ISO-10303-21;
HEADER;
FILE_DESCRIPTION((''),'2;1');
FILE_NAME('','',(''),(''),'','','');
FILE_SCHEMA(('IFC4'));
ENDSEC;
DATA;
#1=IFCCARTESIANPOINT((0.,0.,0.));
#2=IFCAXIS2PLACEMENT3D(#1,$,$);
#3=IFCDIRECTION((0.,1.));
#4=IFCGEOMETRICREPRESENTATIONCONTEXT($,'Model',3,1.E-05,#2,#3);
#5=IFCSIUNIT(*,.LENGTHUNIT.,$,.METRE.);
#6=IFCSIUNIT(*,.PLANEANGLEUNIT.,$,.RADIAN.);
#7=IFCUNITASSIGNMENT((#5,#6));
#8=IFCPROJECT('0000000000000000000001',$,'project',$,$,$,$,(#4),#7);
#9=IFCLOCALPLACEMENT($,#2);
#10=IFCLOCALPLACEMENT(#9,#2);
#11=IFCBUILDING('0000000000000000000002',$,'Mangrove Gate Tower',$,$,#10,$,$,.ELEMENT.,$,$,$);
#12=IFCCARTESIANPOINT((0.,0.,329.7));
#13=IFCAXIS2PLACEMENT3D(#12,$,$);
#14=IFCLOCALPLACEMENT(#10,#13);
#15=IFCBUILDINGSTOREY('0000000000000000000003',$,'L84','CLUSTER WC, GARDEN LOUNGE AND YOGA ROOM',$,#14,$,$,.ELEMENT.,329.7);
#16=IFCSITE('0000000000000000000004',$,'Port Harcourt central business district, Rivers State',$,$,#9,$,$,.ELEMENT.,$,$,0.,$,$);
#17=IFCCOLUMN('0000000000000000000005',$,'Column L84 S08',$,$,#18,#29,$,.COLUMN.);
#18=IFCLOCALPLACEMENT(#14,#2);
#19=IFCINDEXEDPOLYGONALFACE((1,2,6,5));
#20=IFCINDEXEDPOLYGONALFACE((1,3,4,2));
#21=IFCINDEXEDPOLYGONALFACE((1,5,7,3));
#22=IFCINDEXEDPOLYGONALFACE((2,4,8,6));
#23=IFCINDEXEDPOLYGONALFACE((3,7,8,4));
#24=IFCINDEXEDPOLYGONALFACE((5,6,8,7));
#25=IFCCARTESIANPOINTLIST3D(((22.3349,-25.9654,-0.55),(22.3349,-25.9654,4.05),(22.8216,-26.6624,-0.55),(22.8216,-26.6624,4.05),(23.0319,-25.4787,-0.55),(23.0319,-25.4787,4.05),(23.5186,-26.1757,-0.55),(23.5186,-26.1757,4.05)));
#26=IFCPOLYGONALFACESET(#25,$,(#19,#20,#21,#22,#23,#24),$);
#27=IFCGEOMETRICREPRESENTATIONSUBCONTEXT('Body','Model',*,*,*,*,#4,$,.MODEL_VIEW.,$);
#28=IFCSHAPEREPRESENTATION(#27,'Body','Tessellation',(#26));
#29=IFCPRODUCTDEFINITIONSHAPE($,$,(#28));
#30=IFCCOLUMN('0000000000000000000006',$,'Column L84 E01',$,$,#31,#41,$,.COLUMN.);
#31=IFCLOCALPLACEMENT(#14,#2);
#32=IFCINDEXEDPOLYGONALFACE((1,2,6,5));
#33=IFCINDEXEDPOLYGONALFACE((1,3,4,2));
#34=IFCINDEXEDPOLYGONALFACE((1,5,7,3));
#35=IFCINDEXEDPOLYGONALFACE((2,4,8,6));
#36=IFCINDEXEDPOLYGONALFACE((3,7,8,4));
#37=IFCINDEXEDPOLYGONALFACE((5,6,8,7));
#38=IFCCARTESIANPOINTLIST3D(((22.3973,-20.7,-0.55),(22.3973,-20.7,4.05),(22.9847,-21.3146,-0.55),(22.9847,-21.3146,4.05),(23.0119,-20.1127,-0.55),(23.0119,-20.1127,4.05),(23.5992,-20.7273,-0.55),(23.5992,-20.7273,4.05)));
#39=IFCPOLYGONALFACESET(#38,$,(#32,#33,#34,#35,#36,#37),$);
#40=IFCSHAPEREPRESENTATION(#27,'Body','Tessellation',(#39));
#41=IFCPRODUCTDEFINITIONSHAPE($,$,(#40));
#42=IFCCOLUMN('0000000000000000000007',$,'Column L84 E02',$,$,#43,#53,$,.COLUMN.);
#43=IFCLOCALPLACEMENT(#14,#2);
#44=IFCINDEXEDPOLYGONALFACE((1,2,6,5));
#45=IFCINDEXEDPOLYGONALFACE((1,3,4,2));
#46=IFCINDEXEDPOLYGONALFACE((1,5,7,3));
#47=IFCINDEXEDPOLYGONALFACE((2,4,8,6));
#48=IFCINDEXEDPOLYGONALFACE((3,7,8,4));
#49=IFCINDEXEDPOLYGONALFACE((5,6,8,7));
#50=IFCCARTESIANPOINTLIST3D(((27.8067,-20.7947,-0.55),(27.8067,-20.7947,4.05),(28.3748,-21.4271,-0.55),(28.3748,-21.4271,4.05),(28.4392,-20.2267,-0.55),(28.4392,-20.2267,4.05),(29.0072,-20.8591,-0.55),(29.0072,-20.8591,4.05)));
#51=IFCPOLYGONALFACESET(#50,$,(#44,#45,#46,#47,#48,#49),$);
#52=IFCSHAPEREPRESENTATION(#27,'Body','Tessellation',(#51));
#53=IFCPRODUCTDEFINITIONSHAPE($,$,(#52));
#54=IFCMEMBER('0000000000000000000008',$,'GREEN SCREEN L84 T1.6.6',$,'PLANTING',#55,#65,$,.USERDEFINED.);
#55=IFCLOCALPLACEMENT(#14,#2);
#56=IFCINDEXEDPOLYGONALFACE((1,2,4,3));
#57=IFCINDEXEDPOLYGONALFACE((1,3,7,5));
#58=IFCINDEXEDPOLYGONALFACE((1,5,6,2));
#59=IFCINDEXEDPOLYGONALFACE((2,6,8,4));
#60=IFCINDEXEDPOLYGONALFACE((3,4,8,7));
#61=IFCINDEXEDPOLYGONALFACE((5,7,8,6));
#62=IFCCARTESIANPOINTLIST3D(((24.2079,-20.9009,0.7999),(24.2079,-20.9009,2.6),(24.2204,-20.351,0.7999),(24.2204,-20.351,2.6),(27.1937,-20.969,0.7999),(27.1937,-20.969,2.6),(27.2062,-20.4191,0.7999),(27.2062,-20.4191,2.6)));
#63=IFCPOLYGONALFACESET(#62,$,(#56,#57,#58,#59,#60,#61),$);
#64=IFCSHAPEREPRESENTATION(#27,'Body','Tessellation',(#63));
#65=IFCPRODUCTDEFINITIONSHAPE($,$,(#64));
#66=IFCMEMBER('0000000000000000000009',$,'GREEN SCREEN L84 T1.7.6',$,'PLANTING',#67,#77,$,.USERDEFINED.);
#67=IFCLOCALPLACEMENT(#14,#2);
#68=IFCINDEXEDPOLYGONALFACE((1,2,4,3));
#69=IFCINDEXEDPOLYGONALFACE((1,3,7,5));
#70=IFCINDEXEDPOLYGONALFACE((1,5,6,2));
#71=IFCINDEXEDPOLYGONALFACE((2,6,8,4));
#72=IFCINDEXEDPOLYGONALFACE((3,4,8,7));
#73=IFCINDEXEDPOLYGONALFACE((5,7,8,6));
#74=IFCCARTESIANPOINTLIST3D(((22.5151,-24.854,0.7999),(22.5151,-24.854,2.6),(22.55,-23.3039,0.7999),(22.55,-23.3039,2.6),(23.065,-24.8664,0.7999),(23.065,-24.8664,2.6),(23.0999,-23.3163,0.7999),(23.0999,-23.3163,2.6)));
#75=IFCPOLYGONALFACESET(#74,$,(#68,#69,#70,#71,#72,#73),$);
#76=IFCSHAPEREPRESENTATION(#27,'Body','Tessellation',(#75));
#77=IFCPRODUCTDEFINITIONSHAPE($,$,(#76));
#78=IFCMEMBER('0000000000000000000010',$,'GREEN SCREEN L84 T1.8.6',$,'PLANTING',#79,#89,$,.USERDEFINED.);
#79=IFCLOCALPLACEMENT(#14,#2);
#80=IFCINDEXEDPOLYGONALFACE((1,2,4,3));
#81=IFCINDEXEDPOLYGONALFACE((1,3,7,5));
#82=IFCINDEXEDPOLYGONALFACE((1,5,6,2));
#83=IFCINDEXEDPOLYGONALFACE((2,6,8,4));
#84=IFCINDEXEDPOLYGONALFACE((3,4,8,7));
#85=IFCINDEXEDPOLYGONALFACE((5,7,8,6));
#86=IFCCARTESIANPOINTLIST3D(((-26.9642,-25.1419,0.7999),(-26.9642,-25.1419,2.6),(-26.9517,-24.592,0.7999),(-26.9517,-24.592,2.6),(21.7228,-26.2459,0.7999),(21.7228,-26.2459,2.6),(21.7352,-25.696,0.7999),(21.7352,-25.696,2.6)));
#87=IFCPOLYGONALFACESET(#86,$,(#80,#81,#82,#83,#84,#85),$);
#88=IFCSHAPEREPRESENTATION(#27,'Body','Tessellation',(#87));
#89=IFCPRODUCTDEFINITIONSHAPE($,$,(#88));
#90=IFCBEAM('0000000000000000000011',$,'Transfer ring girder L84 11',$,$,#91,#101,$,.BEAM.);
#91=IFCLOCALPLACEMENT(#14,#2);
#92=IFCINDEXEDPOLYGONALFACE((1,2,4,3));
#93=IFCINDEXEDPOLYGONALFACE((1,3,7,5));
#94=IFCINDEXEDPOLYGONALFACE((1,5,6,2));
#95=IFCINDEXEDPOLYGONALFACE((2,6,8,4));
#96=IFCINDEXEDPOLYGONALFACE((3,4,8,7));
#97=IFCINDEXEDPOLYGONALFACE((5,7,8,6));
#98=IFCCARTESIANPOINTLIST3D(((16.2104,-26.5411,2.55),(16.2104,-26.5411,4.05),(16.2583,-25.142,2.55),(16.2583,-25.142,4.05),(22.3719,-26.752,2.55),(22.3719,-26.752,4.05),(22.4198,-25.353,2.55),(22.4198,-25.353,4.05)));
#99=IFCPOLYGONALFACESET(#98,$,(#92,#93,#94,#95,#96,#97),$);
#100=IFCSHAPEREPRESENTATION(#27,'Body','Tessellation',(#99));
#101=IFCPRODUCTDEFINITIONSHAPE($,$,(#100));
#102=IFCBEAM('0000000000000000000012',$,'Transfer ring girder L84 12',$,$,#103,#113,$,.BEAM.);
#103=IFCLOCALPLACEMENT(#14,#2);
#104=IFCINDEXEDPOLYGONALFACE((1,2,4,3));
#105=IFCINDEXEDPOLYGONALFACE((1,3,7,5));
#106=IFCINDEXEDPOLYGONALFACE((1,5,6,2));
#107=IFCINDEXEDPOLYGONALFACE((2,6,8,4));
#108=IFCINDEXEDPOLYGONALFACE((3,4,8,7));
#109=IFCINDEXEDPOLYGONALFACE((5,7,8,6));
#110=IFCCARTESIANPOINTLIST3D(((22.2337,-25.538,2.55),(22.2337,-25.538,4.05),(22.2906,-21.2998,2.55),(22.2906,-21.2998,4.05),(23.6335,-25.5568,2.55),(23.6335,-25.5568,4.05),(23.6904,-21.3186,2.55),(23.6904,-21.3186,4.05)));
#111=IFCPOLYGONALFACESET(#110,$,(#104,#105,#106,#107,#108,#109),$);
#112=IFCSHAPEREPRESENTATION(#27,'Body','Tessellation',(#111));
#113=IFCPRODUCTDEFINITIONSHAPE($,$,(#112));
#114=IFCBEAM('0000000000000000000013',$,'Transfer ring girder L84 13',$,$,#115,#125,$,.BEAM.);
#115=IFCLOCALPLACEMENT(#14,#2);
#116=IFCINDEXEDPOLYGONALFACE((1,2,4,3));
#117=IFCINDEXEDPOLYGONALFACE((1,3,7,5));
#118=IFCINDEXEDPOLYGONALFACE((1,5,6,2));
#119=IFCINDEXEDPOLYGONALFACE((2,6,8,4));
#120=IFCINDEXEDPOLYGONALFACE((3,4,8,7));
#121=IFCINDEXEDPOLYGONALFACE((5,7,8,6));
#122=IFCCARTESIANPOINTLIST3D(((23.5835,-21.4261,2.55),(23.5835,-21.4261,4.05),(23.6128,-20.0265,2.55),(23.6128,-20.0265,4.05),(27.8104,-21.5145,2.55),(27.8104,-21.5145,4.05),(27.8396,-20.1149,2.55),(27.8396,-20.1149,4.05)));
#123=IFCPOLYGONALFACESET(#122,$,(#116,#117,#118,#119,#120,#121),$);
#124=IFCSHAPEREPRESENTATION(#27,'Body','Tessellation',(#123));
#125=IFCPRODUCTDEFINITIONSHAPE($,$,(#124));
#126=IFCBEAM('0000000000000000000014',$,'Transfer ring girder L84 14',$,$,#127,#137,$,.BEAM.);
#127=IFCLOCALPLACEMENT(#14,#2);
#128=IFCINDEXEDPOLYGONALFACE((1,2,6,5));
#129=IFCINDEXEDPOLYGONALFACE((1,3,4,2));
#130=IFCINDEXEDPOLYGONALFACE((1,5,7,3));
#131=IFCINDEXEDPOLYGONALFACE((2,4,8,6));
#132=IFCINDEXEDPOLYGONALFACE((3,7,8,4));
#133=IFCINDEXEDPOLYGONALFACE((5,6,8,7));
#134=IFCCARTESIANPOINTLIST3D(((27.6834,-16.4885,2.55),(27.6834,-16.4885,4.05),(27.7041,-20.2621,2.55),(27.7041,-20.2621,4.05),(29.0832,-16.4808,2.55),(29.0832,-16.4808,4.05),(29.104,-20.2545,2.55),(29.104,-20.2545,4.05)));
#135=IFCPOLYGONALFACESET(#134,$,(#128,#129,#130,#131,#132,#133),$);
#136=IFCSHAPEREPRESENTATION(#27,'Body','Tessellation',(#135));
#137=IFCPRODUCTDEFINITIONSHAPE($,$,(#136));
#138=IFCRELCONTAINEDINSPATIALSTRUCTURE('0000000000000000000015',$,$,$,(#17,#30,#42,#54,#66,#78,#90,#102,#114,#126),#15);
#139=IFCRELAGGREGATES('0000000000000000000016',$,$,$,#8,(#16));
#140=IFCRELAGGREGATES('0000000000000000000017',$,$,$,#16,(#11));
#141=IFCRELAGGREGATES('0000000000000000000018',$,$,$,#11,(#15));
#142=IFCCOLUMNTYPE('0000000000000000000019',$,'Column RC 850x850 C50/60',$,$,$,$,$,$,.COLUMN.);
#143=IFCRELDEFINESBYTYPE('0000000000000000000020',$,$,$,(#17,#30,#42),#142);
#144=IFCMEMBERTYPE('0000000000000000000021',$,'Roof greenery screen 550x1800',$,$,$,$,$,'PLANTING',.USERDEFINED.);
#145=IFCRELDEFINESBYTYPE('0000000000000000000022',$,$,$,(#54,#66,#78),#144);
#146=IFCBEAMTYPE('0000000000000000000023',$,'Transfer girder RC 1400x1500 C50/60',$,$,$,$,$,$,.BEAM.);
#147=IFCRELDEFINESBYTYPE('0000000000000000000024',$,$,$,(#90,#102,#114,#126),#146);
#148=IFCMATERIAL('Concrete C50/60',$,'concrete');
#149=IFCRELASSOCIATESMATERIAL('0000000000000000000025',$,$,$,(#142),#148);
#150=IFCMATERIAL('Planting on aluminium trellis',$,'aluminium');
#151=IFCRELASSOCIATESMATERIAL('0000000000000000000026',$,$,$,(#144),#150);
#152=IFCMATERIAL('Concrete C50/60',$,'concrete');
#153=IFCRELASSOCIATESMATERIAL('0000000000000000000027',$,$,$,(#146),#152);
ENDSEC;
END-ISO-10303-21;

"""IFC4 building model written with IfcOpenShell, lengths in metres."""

from ifc_helpers import new_model, si_unit, direction, frame, origin, origin_2d, place, context, subcontext, project, spatial, rectangle, extrude, material, material_profile, profile_set, type_object, element, save


model = new_model("IFC4")

# Units and contexts
model_context = context("Model", 3, precision=1e-05, world=origin(), true_north=direction((0.0, 1.0)))
body_context = subcontext(model_context, "Body", "Model", "MODEL_VIEW")
ifc_project = project(units=[si_unit("LENGTHUNIT", "METRE"), si_unit("PLANEANGLEUNIT", "RADIAN")], contexts=[model_context])

# Site, building, storey
site_placement = place(None, origin())
site = spatial("IfcSite", under=ifc_project, at=site_placement, Name="Port Harcourt central business district, Rivers State", CompositionType="ELEMENT", RefElevation=0.0)
building_placement = place(site_placement, origin())
building = spatial("IfcBuilding", under=site, at=building_placement, Name="Mangrove Gate Tower", CompositionType="ELEMENT")
storey_placement = place(building_placement, frame((0.0, 0.0, 329.7)))
storey = spatial("IfcBuildingStorey", under=building, at=storey_placement, Name="L84", Description="CLUSTER WC, GARDEN LOUNGE AND YOGA ROOM", CompositionType="ELEMENT", Elevation=329.7)

# Columns
ifc_material_1 = material(Name="Concrete C50/60", Category="concrete")
ifc_material_profile_1 = material_profile(ifc_material_1, rectangle(XDim=0.8501, YDim=0.8501, at=origin_2d()))
ifc_profile_set_1 = profile_set([ifc_material_profile_1], Name="Concrete C50/60")
column_type = type_object("IfcColumnType", Name="Column RC 850x850 C50/60", PredefinedType="COLUMN", material=ifc_profile_set_1)
for number, where, z_axis, x_axis, name in (
    (1, (22.9268, -26.0706, -0.55), (0.0, 0.0, 1.0), (0.81992, 0.572478, 0.0), "Column L84 S08"),
    (2, (22.9983, -20.7136, -0.55), (0.0, 0.0, 1.0), (0.722966, 0.690884, 0.0), "Column L84 E01"),
    (3, (28.407, -20.8269, -0.55), (0.0, 0.0, 1.0), (0.744005, 0.668174, 0.0), "Column L84 E02"),
):
    element("IfcColumn", number, at=place(storey_placement, frame(where, z_axis=z_axis, x_axis=x_axis)), inside=storey, type_object=column_type, Name=name, PredefinedType="COLUMN", context=body_context, shape_type="SweptSolid", body=[
        extrude(rectangle(XDim=0.8501, YDim=0.8501, at=origin_2d()), origin(), (0.0, 0.0, 1.0), 4.6001),
    ])

# Members
ifc_material_2 = material(Name="Planting on aluminium trellis", Category="aluminium")
ifc_material_profile_2 = material_profile(ifc_material_2, rectangle(XDim=0.55, YDim=1.8, at=origin_2d()))
ifc_profile_set_2 = profile_set([ifc_material_profile_2], Name="Planting on aluminium trellis")
member_type = type_object("IfcMemberType", Name="Roof greenery screen 550x1800", ElementType="PLANTING", PredefinedType="USERDEFINED", material=ifc_profile_set_2)
member_1_placement = place(storey_placement, frame((27.2, -20.6941, 1.7), z_axis=(-0.99974, 0.022807, 0.0), x_axis=(-0.022807, -0.99974, 0.0)))
element("IfcMember", 4, at=member_1_placement, inside=storey, type_object=member_type, Name="GREEN SCREEN L84 T1.6.6", ObjectType="PLANTING", PredefinedType="USERDEFINED", context=body_context, shape_type="SweptSolid", body=[
    extrude(rectangle(XDim=0.55, YDim=1.8, at=origin_2d()), origin(), (0.0, 0.0, 1.0), 2.9866),
])
member_2_placement = place(storey_placement, frame((22.825, -23.3101, 1.7), z_axis=(-0.022518, -0.999746, 0.0), x_axis=(0.999746, -0.022518, 0.0)))
element("IfcMember", 5, at=member_2_placement, inside=storey, type_object=member_type, Name="GREEN SCREEN L84 T1.7.6", ObjectType="PLANTING", PredefinedType="USERDEFINED", context=body_context, shape_type="SweptSolid", body=[
    extrude(rectangle(XDim=0.55, YDim=1.8, at=origin_2d()), origin(), (0.0, 0.0, 1.0), 1.5505),
])
member_3_placement = place(storey_placement, frame((21.729, -25.9709, 1.7), z_axis=(-0.999743, 0.02267, 0.0), x_axis=(-0.02267, -0.999743, 0.0)))
element("IfcMember", 6, at=member_3_placement, inside=storey, type_object=member_type, Name="GREEN SCREEN L84 T1.8.6", ObjectType="PLANTING", PredefinedType="USERDEFINED", context=body_context, shape_type="SweptSolid", body=[
    extrude(rectangle(XDim=0.55, YDim=1.8, at=origin_2d()), origin(), (0.0, 0.0, 1.0), 48.6995),
])

# Beams
ifc_material_3 = material(Name="Concrete C50/60", Category="concrete")
ifc_material_profile_3 = material_profile(ifc_material_3, rectangle(XDim=1.3999, YDim=1.5, at=origin_2d()))
ifc_profile_set_3 = profile_set([ifc_material_profile_3], Name="Concrete C50/60")
beam_type = type_object("IfcBeamType", Name="Transfer girder RC 1400x1500 C50/60", PredefinedType="BEAM", material=ifc_profile_set_3)
beam_1_placement = place(storey_placement, frame((16.2344, -25.8416, 3.3), z_axis=(0.999414, -0.034215, 0.0), x_axis=(0.034215, 0.999414, 0.0)))
element("IfcBeam", 7, at=beam_1_placement, inside=storey, type_object=beam_type, Name="Transfer ring girder L84 11", PredefinedType="BEAM", context=body_context, shape_type="SweptSolid", body=[
    extrude(rectangle(XDim=1.3999, YDim=1.5, at=origin_2d()), origin(), (0.0, 0.0, 1.0), 6.165),
])
beam_2_placement = place(storey_placement, frame((22.9336, -25.5474, 3.3), z_axis=(0.013421, 0.99991, 0.0), x_axis=(-0.99991, 0.013421, 0.0)))
element("IfcBeam", 8, at=beam_2_placement, inside=storey, type_object=beam_type, Name="Transfer ring girder L84 12", PredefinedType="BEAM", context=body_context, shape_type="SweptSolid", body=[
    extrude(rectangle(XDim=1.3999, YDim=1.5, at=origin_2d()), origin(), (0.0, 0.0, 1.0), 4.2385),
])
beam_3_placement = place(storey_placement, frame((23.5981, -20.7263, 3.3), z_axis=(0.999781, -0.020905, 0.0), x_axis=(0.020905, 0.999781, 0.0)))
element("IfcBeam", 9, at=beam_3_placement, inside=storey, type_object=beam_type, Name="Transfer ring girder L84 13", PredefinedType="BEAM", context=body_context, shape_type="SweptSolid", body=[
    extrude(rectangle(XDim=1.3999, YDim=1.5, at=origin_2d()), origin(), (0.0, 0.0, 1.0), 4.2278),
])
beam_4_placement = place(storey_placement, frame((28.4041, -20.2583, 3.3), z_axis=(-0.005499, 0.999985, 0.0), x_axis=(-0.999985, -0.005499, 0.0)))
element("IfcBeam", 10, at=beam_4_placement, inside=storey, type_object=beam_type, Name="Transfer ring girder L84 14", PredefinedType="BEAM", context=body_context, shape_type="SweptSolid", body=[
    extrude(rectangle(XDim=1.3999, YDim=1.5, at=origin_2d()), origin(), (0.0, 0.0, 1.0), 3.7737),
])

save(model, "model.ifc")
